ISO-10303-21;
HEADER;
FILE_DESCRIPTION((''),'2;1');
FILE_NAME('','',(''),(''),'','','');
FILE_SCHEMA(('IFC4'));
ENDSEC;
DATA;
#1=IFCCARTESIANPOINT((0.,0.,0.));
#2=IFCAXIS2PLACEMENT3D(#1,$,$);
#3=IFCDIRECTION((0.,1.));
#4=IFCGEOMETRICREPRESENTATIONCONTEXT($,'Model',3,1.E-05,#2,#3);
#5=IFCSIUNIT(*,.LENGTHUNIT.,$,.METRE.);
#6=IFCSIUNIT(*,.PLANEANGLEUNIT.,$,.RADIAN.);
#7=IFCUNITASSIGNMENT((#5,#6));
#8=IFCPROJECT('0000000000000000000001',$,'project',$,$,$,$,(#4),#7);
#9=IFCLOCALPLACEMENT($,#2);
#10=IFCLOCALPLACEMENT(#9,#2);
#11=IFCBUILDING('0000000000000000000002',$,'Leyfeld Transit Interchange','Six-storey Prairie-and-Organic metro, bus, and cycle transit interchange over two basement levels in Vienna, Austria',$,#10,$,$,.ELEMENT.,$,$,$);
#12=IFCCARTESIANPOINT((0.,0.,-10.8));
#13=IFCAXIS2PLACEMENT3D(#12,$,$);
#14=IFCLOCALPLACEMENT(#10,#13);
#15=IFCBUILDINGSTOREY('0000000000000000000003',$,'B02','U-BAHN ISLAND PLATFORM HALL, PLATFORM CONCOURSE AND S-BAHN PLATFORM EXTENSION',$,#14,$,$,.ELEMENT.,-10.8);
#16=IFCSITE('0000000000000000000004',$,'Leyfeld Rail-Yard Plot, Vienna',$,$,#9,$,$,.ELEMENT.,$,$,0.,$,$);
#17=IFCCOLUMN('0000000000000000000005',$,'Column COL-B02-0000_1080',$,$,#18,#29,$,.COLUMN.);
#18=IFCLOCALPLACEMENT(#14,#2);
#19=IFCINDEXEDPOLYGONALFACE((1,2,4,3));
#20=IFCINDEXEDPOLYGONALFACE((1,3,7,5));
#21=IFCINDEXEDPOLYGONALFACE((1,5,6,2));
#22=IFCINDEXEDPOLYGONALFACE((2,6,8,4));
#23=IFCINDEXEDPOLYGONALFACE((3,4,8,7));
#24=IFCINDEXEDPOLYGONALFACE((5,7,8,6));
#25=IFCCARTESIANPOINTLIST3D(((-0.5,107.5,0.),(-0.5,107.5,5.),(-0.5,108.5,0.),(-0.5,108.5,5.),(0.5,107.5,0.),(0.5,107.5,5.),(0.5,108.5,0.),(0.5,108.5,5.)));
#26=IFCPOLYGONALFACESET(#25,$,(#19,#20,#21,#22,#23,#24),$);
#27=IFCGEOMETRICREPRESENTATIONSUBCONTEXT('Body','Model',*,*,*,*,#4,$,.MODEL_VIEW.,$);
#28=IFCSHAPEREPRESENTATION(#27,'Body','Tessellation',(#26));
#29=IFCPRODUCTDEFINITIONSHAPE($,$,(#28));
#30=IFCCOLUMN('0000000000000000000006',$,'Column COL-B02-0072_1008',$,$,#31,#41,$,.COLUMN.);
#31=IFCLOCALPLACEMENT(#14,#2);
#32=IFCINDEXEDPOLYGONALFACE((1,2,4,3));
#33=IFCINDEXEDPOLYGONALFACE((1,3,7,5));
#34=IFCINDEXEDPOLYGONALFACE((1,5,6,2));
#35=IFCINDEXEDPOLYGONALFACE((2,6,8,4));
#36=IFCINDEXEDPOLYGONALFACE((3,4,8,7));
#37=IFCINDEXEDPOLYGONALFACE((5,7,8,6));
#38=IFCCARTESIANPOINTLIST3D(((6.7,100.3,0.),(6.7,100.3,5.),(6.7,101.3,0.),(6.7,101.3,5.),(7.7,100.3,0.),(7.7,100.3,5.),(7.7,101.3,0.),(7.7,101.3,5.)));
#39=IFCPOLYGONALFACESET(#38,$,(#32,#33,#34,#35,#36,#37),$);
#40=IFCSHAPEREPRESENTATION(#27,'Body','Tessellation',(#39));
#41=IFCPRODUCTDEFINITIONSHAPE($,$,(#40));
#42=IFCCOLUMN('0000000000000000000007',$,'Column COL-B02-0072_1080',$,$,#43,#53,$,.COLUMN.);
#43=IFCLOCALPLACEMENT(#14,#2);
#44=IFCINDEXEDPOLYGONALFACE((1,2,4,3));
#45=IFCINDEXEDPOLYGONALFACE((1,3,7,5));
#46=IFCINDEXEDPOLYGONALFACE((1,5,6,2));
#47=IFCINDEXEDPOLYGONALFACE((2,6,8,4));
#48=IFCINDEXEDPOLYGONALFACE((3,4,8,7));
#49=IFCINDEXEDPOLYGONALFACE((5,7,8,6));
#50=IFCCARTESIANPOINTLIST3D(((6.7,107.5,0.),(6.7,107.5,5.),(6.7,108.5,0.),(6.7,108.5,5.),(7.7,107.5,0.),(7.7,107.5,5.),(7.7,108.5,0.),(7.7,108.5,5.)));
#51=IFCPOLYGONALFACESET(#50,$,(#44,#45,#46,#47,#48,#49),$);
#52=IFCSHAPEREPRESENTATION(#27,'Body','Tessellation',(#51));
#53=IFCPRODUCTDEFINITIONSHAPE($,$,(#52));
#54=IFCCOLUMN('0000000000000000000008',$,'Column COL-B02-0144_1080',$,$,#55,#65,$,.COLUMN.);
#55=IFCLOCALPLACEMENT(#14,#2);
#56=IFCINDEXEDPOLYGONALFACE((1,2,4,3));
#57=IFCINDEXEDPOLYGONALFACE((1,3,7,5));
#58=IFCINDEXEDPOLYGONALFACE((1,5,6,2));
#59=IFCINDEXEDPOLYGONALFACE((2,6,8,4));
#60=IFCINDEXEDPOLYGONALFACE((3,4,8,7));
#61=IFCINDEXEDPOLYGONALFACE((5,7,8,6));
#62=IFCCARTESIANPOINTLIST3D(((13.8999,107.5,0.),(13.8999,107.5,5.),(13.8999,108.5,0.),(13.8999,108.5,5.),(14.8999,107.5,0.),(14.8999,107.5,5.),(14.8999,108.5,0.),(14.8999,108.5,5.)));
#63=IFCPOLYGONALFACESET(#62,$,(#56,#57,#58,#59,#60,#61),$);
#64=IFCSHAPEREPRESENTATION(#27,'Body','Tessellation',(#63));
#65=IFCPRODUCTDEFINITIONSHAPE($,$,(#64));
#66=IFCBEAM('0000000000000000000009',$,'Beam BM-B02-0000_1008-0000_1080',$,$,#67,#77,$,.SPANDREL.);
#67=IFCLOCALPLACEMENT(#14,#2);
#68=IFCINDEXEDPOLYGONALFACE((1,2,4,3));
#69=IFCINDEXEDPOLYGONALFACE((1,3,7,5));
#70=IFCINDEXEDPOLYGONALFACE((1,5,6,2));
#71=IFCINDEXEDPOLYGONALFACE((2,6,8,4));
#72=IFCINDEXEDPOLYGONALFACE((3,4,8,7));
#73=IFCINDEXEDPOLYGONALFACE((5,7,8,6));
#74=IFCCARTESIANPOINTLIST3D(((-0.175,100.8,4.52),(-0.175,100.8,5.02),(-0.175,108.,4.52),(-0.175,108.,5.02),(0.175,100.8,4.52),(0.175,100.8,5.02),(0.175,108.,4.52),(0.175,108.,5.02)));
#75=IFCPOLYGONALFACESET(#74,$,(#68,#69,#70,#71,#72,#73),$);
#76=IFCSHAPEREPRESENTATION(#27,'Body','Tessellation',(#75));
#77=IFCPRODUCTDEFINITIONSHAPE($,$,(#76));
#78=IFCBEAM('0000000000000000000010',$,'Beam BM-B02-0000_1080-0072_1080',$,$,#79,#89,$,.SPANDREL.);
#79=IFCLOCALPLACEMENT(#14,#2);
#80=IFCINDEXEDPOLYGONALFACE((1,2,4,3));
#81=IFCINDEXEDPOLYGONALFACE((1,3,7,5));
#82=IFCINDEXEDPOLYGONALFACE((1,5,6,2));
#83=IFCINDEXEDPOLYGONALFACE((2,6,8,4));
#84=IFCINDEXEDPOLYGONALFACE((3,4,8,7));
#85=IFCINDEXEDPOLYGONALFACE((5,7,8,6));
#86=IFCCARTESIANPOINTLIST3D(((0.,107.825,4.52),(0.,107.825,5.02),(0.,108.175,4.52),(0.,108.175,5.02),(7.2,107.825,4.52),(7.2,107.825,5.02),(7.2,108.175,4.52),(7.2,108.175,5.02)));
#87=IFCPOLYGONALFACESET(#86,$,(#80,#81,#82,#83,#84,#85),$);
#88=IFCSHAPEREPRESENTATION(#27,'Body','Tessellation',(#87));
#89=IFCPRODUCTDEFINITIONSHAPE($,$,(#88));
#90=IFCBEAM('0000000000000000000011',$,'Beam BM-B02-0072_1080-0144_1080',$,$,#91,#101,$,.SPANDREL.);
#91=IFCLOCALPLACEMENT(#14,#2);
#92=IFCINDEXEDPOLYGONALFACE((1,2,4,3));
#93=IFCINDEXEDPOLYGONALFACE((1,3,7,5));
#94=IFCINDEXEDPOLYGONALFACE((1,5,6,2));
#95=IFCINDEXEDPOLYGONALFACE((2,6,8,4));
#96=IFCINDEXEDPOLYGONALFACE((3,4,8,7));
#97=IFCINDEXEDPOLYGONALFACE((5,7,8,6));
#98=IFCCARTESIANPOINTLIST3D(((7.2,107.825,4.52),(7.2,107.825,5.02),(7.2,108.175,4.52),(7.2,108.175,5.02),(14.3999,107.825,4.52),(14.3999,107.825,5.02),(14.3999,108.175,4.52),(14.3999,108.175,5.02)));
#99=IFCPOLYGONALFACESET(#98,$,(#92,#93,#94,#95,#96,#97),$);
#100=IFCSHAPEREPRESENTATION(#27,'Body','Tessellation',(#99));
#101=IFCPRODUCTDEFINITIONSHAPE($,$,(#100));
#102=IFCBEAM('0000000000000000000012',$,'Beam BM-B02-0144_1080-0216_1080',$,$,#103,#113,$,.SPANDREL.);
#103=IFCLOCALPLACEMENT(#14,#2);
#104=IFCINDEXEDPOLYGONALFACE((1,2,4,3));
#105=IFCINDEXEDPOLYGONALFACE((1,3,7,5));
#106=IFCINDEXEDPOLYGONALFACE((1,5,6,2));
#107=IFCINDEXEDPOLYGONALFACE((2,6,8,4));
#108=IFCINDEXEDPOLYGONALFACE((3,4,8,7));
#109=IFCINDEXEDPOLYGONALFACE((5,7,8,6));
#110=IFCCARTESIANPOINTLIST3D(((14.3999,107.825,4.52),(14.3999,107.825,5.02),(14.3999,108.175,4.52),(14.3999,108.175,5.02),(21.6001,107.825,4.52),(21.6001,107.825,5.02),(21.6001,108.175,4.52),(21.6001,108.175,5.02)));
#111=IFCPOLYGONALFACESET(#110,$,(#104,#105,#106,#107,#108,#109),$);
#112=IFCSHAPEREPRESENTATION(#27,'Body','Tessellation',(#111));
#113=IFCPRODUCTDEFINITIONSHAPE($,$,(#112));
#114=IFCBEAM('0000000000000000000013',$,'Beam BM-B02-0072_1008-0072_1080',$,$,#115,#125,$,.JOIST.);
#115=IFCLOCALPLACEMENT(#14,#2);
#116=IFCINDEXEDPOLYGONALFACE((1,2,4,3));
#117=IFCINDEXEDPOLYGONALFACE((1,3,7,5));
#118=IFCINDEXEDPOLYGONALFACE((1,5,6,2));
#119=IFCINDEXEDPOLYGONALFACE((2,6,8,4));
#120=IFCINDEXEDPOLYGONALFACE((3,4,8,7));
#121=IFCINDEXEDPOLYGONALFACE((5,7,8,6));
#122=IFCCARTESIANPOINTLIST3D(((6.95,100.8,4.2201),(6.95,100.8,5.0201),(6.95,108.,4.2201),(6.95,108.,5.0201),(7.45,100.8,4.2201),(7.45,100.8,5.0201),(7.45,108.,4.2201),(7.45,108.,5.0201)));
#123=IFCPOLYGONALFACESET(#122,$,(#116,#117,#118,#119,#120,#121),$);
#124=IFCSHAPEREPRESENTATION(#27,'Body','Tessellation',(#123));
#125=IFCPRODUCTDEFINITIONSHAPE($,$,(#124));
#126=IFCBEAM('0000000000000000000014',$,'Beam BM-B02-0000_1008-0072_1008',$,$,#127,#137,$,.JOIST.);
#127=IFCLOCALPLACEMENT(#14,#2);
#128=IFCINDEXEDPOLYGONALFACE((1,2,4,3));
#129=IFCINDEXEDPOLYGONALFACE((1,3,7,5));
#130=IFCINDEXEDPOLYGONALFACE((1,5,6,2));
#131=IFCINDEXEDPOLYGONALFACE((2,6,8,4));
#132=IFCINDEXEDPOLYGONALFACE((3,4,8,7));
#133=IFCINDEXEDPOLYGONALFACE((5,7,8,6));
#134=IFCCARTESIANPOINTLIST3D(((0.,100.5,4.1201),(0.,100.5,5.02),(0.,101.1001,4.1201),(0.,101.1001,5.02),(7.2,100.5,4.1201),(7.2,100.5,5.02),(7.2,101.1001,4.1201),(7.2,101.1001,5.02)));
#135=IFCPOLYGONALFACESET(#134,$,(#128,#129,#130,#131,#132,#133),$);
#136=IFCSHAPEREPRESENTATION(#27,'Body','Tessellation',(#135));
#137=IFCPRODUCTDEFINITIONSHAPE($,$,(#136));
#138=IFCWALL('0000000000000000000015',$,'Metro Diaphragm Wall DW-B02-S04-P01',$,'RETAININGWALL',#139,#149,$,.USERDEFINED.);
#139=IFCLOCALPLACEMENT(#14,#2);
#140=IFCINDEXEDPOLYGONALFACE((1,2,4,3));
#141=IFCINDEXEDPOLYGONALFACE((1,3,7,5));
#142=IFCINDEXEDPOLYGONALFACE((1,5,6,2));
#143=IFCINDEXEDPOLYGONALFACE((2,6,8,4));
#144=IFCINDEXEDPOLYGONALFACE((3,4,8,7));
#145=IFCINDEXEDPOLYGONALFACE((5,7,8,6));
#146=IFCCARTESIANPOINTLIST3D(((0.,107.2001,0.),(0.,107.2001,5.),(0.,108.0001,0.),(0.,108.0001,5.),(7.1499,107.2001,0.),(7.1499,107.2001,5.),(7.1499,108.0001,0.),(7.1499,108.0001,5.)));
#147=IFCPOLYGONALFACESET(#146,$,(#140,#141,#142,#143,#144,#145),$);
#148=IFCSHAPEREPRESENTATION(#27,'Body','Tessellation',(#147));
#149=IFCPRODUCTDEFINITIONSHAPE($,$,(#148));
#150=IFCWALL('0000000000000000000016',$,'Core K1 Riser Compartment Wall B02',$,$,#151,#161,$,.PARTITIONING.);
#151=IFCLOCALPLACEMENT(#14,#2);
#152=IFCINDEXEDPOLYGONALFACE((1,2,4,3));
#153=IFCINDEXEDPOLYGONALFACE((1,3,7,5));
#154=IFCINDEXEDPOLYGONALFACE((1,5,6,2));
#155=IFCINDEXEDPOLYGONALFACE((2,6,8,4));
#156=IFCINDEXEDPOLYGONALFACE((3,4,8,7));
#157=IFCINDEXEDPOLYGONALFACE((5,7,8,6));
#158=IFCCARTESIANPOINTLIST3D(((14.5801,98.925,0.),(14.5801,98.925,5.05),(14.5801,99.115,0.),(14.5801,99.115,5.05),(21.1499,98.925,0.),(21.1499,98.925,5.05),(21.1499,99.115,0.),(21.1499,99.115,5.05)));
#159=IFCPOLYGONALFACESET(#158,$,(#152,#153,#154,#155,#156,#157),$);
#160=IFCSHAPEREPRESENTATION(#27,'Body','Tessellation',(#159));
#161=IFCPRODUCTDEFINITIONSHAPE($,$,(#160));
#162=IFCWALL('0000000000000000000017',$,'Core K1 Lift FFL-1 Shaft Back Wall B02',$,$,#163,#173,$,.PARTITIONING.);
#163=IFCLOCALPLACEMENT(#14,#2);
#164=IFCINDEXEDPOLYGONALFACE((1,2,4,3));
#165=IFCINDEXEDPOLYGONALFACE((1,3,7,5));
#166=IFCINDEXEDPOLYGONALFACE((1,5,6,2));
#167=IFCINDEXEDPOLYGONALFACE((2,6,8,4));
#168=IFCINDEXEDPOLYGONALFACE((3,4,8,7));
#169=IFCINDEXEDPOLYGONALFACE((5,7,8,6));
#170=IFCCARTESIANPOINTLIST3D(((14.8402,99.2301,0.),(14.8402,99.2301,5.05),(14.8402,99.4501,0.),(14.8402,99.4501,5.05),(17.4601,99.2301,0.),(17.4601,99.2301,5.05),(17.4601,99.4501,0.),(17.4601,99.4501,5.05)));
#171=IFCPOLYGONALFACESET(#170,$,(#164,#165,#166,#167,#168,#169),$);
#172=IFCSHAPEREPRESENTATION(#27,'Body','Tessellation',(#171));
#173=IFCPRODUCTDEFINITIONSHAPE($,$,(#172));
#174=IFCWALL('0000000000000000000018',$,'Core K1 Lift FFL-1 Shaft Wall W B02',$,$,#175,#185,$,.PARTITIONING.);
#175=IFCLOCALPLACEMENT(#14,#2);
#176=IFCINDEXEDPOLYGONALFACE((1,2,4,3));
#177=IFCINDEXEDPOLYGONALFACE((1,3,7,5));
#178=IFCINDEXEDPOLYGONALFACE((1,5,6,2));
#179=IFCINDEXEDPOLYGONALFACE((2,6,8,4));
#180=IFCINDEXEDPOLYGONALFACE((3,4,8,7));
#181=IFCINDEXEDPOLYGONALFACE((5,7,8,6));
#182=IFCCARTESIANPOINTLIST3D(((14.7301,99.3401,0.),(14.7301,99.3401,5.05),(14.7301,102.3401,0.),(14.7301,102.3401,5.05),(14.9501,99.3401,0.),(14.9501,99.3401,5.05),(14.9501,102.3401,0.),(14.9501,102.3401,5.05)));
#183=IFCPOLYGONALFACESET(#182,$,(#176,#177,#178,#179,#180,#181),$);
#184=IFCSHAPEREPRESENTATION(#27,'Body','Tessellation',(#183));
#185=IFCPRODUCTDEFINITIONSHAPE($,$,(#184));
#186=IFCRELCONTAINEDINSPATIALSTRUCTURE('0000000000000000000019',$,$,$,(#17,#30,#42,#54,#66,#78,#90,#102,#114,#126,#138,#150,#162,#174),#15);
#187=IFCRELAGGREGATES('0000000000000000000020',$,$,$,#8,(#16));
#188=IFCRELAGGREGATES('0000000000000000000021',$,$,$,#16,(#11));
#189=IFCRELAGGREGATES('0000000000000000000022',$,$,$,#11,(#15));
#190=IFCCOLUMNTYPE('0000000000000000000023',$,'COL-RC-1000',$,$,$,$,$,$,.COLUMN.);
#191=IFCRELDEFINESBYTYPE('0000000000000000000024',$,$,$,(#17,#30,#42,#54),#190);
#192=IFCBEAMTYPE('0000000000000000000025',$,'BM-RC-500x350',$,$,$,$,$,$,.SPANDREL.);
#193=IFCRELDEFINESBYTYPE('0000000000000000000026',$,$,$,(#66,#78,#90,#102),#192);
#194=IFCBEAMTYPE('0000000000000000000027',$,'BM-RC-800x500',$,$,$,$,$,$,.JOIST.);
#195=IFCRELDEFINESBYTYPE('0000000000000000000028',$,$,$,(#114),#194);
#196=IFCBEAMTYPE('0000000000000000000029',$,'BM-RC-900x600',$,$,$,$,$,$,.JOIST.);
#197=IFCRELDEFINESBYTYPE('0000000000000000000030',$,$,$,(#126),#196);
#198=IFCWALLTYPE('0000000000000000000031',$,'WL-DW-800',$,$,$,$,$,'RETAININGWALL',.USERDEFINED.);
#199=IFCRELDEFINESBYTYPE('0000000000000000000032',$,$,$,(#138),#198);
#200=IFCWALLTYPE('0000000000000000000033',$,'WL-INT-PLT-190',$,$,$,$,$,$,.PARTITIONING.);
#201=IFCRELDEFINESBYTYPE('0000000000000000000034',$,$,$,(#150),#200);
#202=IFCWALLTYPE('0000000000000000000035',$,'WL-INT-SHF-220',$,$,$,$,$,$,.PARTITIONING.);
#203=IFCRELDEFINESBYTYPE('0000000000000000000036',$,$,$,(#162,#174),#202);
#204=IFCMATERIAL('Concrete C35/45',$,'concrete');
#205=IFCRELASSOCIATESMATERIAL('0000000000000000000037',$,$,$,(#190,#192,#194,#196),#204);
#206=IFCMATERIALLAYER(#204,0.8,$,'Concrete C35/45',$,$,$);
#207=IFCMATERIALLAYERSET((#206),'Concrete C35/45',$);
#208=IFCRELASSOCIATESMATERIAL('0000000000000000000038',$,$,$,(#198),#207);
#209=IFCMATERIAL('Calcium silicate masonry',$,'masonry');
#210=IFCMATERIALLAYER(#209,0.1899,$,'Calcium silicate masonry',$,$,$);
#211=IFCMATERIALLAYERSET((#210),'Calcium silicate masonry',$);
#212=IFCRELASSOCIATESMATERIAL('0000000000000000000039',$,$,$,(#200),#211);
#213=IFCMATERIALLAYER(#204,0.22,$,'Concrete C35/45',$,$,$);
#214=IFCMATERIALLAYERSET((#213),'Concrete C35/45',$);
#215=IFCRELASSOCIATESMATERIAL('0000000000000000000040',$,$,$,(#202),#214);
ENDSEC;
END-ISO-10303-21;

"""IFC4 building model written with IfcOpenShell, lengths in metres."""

from ifc_helpers import new_model, si_unit, direction, frame, frame_2d, origin, origin_2d, place, context, subcontext, project, spatial, rectangle, extrude, material, layer, layer_set, material_profile, profile_set, type_object, element, save


model = new_model("IFC4")

# Units and contexts
model_context = context("Model", 3, precision=1e-05, world=origin(), true_north=direction((0.0, 1.0)))
body_context = subcontext(model_context, "Body", "Model", "MODEL_VIEW")
ifc_project = project(units=[si_unit("LENGTHUNIT", "METRE"), si_unit("PLANEANGLEUNIT", "RADIAN")], contexts=[model_context])

# Site, building, storey
site_placement = place(None, origin())
site = spatial("IfcSite", under=ifc_project, at=site_placement, Name="Leyfeld Rail-Yard Plot, Vienna", CompositionType="ELEMENT", RefElevation=0.0)
building_placement = place(site_placement, origin())
building = spatial("IfcBuilding", under=site, at=building_placement, Name="Leyfeld Transit Interchange", Description="Six-storey Prairie-and-Organic metro, bus, and cycle transit interchange over two basement levels in Vienna, Austria", CompositionType="ELEMENT")
storey_placement = place(building_placement, frame((0.0, 0.0, -10.8)))
storey = spatial("IfcBuildingStorey", under=building, at=storey_placement, Name="B02", Description="U-BAHN ISLAND PLATFORM HALL, PLATFORM CONCOURSE AND S-BAHN PLATFORM EXTENSION", CompositionType="ELEMENT", Elevation=-10.8)

# Shared definitions
ifc_material_1 = material(Name="Concrete C35/45", Category="concrete")

# Columns
ifc_material_profile_1 = material_profile(ifc_material_1, rectangle(XDim=1.0, YDim=1.0, at=origin_2d()), Name="RC 1000x1000")
ifc_profile_set_1 = profile_set([ifc_material_profile_1], Name="Concrete C35/45")
column_type = type_object("IfcColumnType", Name="COL-RC-1000", PredefinedType="COLUMN", material=ifc_profile_set_1)
for number, where, z_axis, x_axis, name in (
    (1, (0.0, 108.0, 0.0), (0.0, 0.0, 1.0), (1.0, 0.0, 0.0), "Column COL-B02-0000_1080"),
    (2, (7.2, 100.8, 0.0), (0.0, 0.0, 1.0), (1.0, 0.0, 0.0), "Column COL-B02-0072_1008"),
    (3, (7.2, 108.0, 0.0), (0.0, 0.0, 1.0), (1.0, 0.0, 0.0), "Column COL-B02-0072_1080"),
    (4, (14.3999, 108.0, 0.0), (0.0, 0.0, 1.0), (1.0, 0.0, 0.0), "Column COL-B02-0144_1080"),
):
    element("IfcColumn", number, at=place(storey_placement, frame(where, z_axis=z_axis, x_axis=x_axis)), inside=storey, type_object=column_type, Name=name, PredefinedType="COLUMN", context=body_context, shape_type="SweptSolid", body=[
        extrude(rectangle(XDim=1.0, YDim=1.0, at=origin_2d()), origin(), (0.0, 0.0, 1.0), 5.0),
    ])

# Beams
ifc_material_profile_2 = material_profile(ifc_material_1, rectangle(XDim=0.3501, YDim=0.5, at=origin_2d()), Name="RC 500x350")
ifc_profile_set_2 = profile_set([ifc_material_profile_2], Name="Concrete C35/45")
beam_type_1 = type_object("IfcBeamType", Name="BM-RC-500x350", PredefinedType="SPANDREL", material=ifc_profile_set_2)
for number, where, z_axis, x_axis, name in (
    (5, (0.0, 100.8, 4.77), (0.0, 1.0, 0.0), (-1.0, 0.0, 0.0), "Beam BM-B02-0000_1008-0000_1080"),
    (6, (0.0, 108.0, 4.77), (1.0, 0.0, 0.0), (0.0, 1.0, 0.0), "Beam BM-B02-0000_1080-0072_1080"),
    (7, (7.2, 108.0, 4.77), (1.0, 0.0, 0.0), (0.0, 1.0, 0.0), "Beam BM-B02-0072_1080-0144_1080"),
):
    element("IfcBeam", number, at=place(storey_placement, frame(where, z_axis=z_axis, x_axis=x_axis)), inside=storey, type_object=beam_type_1, Name=name, PredefinedType="SPANDREL", context=body_context, shape_type="SweptSolid", body=[
        extrude(rectangle(XDim=0.3501, YDim=0.5, at=origin_2d()), origin(), (0.0, 0.0, 1.0), 7.2),
    ])
beam_1_placement = place(storey_placement, frame((14.3999, 108.0, 4.77), z_axis=(1.0, 0.0, 0.0), x_axis=(0.0, 1.0, 0.0)))
element("IfcBeam", 8, at=beam_1_placement, inside=storey, type_object=beam_type_1, Name="Beam BM-B02-0144_1080-0216_1080", PredefinedType="SPANDREL", context=body_context, shape_type="SweptSolid", body=[
    extrude(rectangle(XDim=0.3501, YDim=0.5, at=origin_2d()), origin(), (0.0, 0.0, 1.0), 7.2002),
])
ifc_material_profile_3 = material_profile(ifc_material_1, rectangle(XDim=0.5, YDim=0.8, at=origin_2d()), Name="RC 800x500")
ifc_profile_set_3 = profile_set([ifc_material_profile_3], Name="Concrete C35/45")
beam_type_2 = type_object("IfcBeamType", Name="BM-RC-800x500", PredefinedType="JOIST", material=ifc_profile_set_3)
beam_2_placement = place(storey_placement, frame((7.2, 100.8, 4.6201), z_axis=(0.0, 1.0, 0.0), x_axis=(-1.0, 0.0, 0.0)))
element("IfcBeam", 9, at=beam_2_placement, inside=storey, type_object=beam_type_2, Name="Beam BM-B02-0072_1008-0072_1080", PredefinedType="JOIST", context=body_context, shape_type="SweptSolid", body=[
    extrude(rectangle(XDim=0.5, YDim=0.8, at=origin_2d()), origin(), (0.0, 0.0, 1.0), 7.2),
])
ifc_material_profile_4 = material_profile(ifc_material_1, rectangle(XDim=0.6001, YDim=0.8999, at=origin_2d()), Name="RC 900x600")
ifc_profile_set_4 = profile_set([ifc_material_profile_4], Name="Concrete C35/45")
beam_type_3 = type_object("IfcBeamType", Name="BM-RC-900x600", PredefinedType="JOIST", material=ifc_profile_set_4)
beam_3_placement = place(storey_placement, frame((0.0, 100.8, 4.5701), z_axis=(1.0, 0.0, 0.0), x_axis=(0.0, 1.0, 0.0)))
element("IfcBeam", 10, at=beam_3_placement, inside=storey, type_object=beam_type_3, Name="Beam BM-B02-0000_1008-0072_1008", PredefinedType="JOIST", context=body_context, shape_type="SweptSolid", body=[
    extrude(rectangle(XDim=0.6001, YDim=0.8999, at=origin_2d()), origin(), (0.0, 0.0, 1.0), 7.2),
])

# Walls
ifc_layer_1 = layer(ifc_material_1, 0.8, Name="Concrete C35/45")
ifc_layer_set_1 = layer_set([ifc_layer_1], Name="Concrete C35/45")
wall_type_1 = type_object("IfcWallType", Name="WL-DW-800", ElementType="RETAININGWALL", PredefinedType="USERDEFINED", material=ifc_layer_set_1)
wall_1_placement = place(storey_placement, frame((0.0, 107.6001, 0.0), z_axis=(0.0, 0.0, 1.0), x_axis=(1.0, 0.0, 0.0)))
element("IfcWall", 11, at=wall_1_placement, inside=storey, type_object=wall_type_1, Name="Metro Diaphragm Wall DW-B02-S04-P01", ObjectType="RETAININGWALL", PredefinedType="USERDEFINED", context=body_context, shape_type="SweptSolid", body=[
    extrude(rectangle(XDim=7.1499, YDim=0.8, at=frame_2d((3.575, 0.0))), origin(), (0.0, 0.0, 1.0), 5.0),
])
ifc_material_2 = material(Name="Calcium silicate masonry", Category="masonry")
ifc_layer_2 = layer(ifc_material_2, 0.1899, Name="Calcium silicate masonry")
ifc_layer_set_2 = layer_set([ifc_layer_2], Name="Calcium silicate masonry")
wall_type_2 = type_object("IfcWallType", Name="WL-INT-PLT-190", PredefinedType="PARTITIONING", material=ifc_layer_set_2)
wall_2_placement = place(storey_placement, frame((14.5801, 99.02, 0.0), z_axis=(0.0, 0.0, 1.0), x_axis=(1.0, 0.0, 0.0)))
element("IfcWall", 12, at=wall_2_placement, inside=storey, type_object=wall_type_2, Name="Core K1 Riser Compartment Wall B02", PredefinedType="PARTITIONING", context=body_context, shape_type="SweptSolid", body=[
    extrude(rectangle(XDim=6.5698, YDim=0.1899, at=frame_2d((3.2849, 0.0))), origin(), (0.0, 0.0, 1.0), 5.05),
])

# Shared definitions
ifc_layer_3 = layer(ifc_material_1, 0.22, Name="Concrete C35/45")
ifc_layer_set_3 = layer_set([ifc_layer_3], Name="Concrete C35/45")
wall_type_3 = type_object("IfcWallType", Name="WL-INT-SHF-220", PredefinedType="PARTITIONING", material=ifc_layer_set_3)

# Walls
wall_3_placement = place(storey_placement, frame((14.8401, 99.3401, 0.0), z_axis=(0.0, 0.0, 1.0), x_axis=(1.0, 0.0, 0.0)))
element("IfcWall", 13, at=wall_3_placement, inside=storey, type_object=wall_type_3, Name="Core K1 Lift FFL-1 Shaft Back Wall B02", PredefinedType="PARTITIONING", context=body_context, shape_type="SweptSolid", body=[
    extrude(rectangle(XDim=2.6199, YDim=0.22, at=frame_2d((1.3101, 0.0))), origin(), (0.0, 0.0, 1.0), 5.05),
])
wall_4_placement = place(storey_placement, frame((14.8401, 99.3401, 0.0), z_axis=(0.0, 0.0, 1.0), x_axis=(0.0, 1.0, 0.0)))
element("IfcWall", 14, at=wall_4_placement, inside=storey, type_object=wall_type_3, Name="Core K1 Lift FFL-1 Shaft Wall W B02", PredefinedType="PARTITIONING", context=body_context, shape_type="SweptSolid", body=[
    extrude(rectangle(XDim=3.0, YDim=0.22, at=frame_2d((1.5, 0.0))), origin(), (0.0, 0.0, 1.0), 5.05),
])

save(model, "model.ifc")
